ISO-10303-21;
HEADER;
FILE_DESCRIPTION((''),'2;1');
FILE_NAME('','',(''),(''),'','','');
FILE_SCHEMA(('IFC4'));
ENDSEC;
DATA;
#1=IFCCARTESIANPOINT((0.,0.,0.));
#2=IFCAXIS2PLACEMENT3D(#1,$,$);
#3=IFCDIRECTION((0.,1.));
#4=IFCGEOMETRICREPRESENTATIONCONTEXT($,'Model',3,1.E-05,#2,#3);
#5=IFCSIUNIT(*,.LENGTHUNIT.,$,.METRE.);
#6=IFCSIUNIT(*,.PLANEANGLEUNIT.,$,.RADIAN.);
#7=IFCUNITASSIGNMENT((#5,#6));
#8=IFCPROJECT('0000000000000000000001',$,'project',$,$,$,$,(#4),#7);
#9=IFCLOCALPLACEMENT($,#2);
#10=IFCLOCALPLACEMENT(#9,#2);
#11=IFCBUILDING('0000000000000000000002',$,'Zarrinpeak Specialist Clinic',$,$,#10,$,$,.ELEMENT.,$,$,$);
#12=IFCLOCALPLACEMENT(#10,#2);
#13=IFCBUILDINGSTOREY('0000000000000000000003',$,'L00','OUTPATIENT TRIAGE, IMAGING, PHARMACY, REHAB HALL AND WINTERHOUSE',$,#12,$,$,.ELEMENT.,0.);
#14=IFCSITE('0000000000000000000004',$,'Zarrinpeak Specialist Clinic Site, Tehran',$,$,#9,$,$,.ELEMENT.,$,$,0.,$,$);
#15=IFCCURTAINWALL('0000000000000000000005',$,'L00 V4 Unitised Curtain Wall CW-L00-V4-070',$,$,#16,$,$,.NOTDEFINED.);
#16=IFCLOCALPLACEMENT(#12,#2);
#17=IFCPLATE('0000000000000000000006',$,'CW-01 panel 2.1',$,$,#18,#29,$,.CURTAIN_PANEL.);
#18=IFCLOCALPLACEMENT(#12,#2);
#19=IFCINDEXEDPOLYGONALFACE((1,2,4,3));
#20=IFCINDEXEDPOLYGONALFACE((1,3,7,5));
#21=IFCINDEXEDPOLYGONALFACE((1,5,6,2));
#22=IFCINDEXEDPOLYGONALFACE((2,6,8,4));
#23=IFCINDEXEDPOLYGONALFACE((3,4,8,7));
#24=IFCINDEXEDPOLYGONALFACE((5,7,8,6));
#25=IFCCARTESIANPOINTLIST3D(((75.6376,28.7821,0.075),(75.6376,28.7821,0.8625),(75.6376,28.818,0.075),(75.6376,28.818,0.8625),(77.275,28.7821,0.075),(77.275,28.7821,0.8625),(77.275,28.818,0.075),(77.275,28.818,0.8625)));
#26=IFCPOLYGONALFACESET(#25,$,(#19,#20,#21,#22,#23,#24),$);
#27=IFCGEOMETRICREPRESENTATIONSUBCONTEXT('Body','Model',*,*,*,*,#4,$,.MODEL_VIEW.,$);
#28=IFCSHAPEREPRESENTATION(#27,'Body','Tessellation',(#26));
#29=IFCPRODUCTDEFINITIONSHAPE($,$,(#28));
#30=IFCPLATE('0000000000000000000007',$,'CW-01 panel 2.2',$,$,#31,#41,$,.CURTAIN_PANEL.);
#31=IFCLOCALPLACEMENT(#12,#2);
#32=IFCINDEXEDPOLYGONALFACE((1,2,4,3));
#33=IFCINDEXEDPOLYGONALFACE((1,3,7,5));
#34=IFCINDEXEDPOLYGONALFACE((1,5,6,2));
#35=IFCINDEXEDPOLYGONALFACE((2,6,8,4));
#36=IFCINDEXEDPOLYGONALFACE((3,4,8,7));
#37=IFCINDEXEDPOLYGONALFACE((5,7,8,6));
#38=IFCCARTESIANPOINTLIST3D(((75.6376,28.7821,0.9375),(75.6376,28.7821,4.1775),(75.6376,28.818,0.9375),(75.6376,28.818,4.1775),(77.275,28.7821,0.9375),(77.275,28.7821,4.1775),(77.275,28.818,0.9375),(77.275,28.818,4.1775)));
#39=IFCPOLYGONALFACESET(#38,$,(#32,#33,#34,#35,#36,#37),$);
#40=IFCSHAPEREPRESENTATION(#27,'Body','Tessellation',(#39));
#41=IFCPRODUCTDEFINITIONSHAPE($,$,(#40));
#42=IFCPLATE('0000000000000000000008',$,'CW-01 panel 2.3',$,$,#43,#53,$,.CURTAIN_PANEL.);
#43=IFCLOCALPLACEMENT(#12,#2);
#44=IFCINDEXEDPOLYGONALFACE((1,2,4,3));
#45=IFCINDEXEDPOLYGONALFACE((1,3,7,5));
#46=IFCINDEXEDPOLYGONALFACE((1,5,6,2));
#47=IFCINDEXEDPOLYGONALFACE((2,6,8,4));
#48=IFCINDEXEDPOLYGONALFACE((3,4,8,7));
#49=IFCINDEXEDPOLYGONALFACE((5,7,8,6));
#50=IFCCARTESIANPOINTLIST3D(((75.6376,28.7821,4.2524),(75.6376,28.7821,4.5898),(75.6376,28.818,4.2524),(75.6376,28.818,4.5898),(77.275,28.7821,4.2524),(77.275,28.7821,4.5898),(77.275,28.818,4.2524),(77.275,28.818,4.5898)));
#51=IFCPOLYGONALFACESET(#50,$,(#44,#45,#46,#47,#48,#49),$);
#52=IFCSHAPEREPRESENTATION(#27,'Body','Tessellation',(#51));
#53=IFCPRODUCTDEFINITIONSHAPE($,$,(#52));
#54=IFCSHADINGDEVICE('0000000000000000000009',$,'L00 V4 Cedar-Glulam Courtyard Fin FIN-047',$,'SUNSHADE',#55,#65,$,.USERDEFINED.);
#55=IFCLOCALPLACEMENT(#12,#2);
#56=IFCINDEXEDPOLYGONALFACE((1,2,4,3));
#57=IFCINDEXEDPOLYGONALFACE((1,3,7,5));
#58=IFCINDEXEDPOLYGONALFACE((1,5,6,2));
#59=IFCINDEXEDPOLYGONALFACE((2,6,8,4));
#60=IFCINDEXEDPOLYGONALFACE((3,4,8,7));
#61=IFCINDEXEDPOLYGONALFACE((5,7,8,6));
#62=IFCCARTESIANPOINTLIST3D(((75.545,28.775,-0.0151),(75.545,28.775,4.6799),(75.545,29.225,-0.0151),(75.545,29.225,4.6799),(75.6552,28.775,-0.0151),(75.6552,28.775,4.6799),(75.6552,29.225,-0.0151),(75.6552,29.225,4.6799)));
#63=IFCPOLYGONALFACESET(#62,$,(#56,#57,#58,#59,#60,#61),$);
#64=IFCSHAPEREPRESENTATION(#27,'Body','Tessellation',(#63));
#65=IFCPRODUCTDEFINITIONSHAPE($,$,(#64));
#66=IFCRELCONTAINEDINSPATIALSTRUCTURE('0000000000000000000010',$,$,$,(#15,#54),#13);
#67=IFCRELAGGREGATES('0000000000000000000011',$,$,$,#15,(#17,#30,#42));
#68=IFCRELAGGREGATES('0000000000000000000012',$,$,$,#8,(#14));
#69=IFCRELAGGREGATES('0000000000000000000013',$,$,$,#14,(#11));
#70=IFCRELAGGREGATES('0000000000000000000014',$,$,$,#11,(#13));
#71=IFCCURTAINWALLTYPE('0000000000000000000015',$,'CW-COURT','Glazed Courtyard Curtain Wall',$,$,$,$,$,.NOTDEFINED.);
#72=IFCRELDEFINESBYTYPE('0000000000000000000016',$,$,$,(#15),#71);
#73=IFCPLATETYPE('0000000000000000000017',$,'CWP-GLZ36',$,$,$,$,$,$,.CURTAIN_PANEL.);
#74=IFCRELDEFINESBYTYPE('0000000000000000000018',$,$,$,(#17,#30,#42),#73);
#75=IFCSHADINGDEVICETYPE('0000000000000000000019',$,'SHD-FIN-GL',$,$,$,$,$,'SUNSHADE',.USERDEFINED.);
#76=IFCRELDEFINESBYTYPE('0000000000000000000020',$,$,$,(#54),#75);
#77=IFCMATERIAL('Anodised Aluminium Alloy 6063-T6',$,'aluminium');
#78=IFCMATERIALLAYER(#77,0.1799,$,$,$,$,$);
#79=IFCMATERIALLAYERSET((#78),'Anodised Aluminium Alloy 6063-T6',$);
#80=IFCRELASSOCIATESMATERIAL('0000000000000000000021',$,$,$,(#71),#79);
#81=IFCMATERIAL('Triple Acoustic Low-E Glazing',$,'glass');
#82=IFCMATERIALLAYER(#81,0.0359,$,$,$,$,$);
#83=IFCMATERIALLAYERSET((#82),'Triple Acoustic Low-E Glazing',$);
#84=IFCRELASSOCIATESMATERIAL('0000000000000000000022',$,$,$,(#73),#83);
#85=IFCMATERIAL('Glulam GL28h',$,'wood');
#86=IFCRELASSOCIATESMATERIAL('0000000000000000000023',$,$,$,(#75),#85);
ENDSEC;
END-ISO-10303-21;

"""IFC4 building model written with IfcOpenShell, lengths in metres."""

from ifc_helpers import new_model, si_unit, direction, frame, origin, origin_2d, place, context, subcontext, project, spatial, rectangle, extrude, material, layer, layer_set, type_object, element, aggregate, save


model = new_model("IFC4")

# Units and contexts
model_context = context("Model", 3, precision=1e-05, world=origin(), true_north=direction((0.0, 1.0)))
body_context = subcontext(model_context, "Body", "Model", "MODEL_VIEW")
ifc_project = project(units=[si_unit("LENGTHUNIT", "METRE"), si_unit("PLANEANGLEUNIT", "RADIAN")], contexts=[model_context])

# Site, building, storey
site_placement = place(None, origin())
site = spatial("IfcSite", under=ifc_project, at=site_placement, Name="Zarrinpeak Specialist Clinic Site, Tehran", CompositionType="ELEMENT", RefElevation=0.0)
building_placement = place(site_placement, origin())
building = spatial("IfcBuilding", under=site, at=building_placement, Name="Zarrinpeak Specialist Clinic", CompositionType="ELEMENT")
storey_placement = place(building_placement, origin())
storey = spatial("IfcBuildingStorey", under=building, at=storey_placement, Name="L00", Description="OUTPATIENT TRIAGE, IMAGING, PHARMACY, REHAB HALL AND WINTERHOUSE", CompositionType="ELEMENT", Elevation=0.0)

# Curtain wall, plates
ifc_material_1 = material(Name="Anodised Aluminium Alloy 6063-T6", Category="aluminium")
ifc_layer_1 = layer(ifc_material_1, 0.1799)
ifc_layer_set_1 = layer_set([ifc_layer_1], Name="Anodised Aluminium Alloy 6063-T6")
curtain_wall_type = type_object("IfcCurtainWallType", Name="CW-COURT", Description="Glazed Courtyard Curtain Wall", PredefinedType="NOTDEFINED", material=ifc_layer_set_1)
curtain_wall_placement = place(storey_placement, origin())
curtain_wall = element("IfcCurtainWall", 1, at=curtain_wall_placement, inside=storey, type_object=curtain_wall_type, Name="L00 V4 Unitised Curtain Wall CW-L00-V4-070", PredefinedType="NOTDEFINED")
ifc_material_2 = material(Name="Triple Acoustic Low-E Glazing", Category="glass")
ifc_layer_2 = layer(ifc_material_2, 0.0359)
ifc_layer_set_2 = layer_set([ifc_layer_2], Name="Triple Acoustic Low-E Glazing")
plate_type = type_object("IfcPlateType", Name="CWP-GLZ36", PredefinedType="CURTAIN_PANEL", material=ifc_layer_set_2)
plate_1_placement = place(storey_placement, frame((76.4563, 28.8, 0.075), z_axis=(0.0, 0.0, 1.0), x_axis=(-1.0, 0.0, 0.0)))
plate_1 = element("IfcPlate", 2, at=plate_1_placement, type_object=plate_type, Name="CW-01 panel 2.1", PredefinedType="CURTAIN_PANEL", context=body_context, shape_type="SweptSolid", body=[
    extrude(rectangle(XDim=1.6375, YDim=0.0359, at=origin_2d()), origin(), (0.0, 0.0, 1.0), 0.7876),
])
plate_2_placement = place(storey_placement, frame((76.4563, 28.8, 0.9375), z_axis=(0.0, 0.0, 1.0), x_axis=(-1.0, 0.0, 0.0)))
plate_2 = element("IfcPlate", 3, at=plate_2_placement, type_object=plate_type, Name="CW-01 panel 2.2", PredefinedType="CURTAIN_PANEL", context=body_context, shape_type="SweptSolid", body=[
    extrude(rectangle(XDim=1.6375, YDim=0.0359, at=origin_2d()), origin(), (0.0, 0.0, 1.0), 3.24),
])
plate_3_placement = place(storey_placement, frame((76.4563, 28.8, 4.2524), z_axis=(0.0, 0.0, 1.0), x_axis=(-1.0, 0.0, 0.0)))
plate_3 = element("IfcPlate", 4, at=plate_3_placement, type_object=plate_type, Name="CW-01 panel 2.3", PredefinedType="CURTAIN_PANEL", context=body_context, shape_type="SweptSolid", body=[
    extrude(rectangle(XDim=1.6375, YDim=0.0359, at=origin_2d()), origin(), (0.0, 0.0, 1.0), 0.3374),
])
aggregate(curtain_wall, [plate_1, plate_2, plate_3])

# Shading device
ifc_material_3 = material(Name="Glulam GL28h", Category="wood")
shading_device_type = type_object("IfcShadingDeviceType", Name="SHD-FIN-GL", ElementType="SUNSHADE", PredefinedType="USERDEFINED", material=ifc_material_3)
shading_device_placement = place(storey_placement, frame((75.6001, 29.0, -0.0151), z_axis=(0.0, 0.0, 1.0), x_axis=(1.0, 0.0, 0.0)))
element("IfcShadingDevice", 5, at=shading_device_placement, inside=storey, type_object=shading_device_type, Name="L00 V4 Cedar-Glulam Courtyard Fin FIN-047", ObjectType="SUNSHADE", PredefinedType="USERDEFINED", context=body_context, shape_type="SweptSolid", body=[
    extrude(rectangle(XDim=0.1101, YDim=0.45, at=origin_2d()), origin(), (0.0, 0.0, 1.0), 4.6951),
])

save(model, "model.ifc")
